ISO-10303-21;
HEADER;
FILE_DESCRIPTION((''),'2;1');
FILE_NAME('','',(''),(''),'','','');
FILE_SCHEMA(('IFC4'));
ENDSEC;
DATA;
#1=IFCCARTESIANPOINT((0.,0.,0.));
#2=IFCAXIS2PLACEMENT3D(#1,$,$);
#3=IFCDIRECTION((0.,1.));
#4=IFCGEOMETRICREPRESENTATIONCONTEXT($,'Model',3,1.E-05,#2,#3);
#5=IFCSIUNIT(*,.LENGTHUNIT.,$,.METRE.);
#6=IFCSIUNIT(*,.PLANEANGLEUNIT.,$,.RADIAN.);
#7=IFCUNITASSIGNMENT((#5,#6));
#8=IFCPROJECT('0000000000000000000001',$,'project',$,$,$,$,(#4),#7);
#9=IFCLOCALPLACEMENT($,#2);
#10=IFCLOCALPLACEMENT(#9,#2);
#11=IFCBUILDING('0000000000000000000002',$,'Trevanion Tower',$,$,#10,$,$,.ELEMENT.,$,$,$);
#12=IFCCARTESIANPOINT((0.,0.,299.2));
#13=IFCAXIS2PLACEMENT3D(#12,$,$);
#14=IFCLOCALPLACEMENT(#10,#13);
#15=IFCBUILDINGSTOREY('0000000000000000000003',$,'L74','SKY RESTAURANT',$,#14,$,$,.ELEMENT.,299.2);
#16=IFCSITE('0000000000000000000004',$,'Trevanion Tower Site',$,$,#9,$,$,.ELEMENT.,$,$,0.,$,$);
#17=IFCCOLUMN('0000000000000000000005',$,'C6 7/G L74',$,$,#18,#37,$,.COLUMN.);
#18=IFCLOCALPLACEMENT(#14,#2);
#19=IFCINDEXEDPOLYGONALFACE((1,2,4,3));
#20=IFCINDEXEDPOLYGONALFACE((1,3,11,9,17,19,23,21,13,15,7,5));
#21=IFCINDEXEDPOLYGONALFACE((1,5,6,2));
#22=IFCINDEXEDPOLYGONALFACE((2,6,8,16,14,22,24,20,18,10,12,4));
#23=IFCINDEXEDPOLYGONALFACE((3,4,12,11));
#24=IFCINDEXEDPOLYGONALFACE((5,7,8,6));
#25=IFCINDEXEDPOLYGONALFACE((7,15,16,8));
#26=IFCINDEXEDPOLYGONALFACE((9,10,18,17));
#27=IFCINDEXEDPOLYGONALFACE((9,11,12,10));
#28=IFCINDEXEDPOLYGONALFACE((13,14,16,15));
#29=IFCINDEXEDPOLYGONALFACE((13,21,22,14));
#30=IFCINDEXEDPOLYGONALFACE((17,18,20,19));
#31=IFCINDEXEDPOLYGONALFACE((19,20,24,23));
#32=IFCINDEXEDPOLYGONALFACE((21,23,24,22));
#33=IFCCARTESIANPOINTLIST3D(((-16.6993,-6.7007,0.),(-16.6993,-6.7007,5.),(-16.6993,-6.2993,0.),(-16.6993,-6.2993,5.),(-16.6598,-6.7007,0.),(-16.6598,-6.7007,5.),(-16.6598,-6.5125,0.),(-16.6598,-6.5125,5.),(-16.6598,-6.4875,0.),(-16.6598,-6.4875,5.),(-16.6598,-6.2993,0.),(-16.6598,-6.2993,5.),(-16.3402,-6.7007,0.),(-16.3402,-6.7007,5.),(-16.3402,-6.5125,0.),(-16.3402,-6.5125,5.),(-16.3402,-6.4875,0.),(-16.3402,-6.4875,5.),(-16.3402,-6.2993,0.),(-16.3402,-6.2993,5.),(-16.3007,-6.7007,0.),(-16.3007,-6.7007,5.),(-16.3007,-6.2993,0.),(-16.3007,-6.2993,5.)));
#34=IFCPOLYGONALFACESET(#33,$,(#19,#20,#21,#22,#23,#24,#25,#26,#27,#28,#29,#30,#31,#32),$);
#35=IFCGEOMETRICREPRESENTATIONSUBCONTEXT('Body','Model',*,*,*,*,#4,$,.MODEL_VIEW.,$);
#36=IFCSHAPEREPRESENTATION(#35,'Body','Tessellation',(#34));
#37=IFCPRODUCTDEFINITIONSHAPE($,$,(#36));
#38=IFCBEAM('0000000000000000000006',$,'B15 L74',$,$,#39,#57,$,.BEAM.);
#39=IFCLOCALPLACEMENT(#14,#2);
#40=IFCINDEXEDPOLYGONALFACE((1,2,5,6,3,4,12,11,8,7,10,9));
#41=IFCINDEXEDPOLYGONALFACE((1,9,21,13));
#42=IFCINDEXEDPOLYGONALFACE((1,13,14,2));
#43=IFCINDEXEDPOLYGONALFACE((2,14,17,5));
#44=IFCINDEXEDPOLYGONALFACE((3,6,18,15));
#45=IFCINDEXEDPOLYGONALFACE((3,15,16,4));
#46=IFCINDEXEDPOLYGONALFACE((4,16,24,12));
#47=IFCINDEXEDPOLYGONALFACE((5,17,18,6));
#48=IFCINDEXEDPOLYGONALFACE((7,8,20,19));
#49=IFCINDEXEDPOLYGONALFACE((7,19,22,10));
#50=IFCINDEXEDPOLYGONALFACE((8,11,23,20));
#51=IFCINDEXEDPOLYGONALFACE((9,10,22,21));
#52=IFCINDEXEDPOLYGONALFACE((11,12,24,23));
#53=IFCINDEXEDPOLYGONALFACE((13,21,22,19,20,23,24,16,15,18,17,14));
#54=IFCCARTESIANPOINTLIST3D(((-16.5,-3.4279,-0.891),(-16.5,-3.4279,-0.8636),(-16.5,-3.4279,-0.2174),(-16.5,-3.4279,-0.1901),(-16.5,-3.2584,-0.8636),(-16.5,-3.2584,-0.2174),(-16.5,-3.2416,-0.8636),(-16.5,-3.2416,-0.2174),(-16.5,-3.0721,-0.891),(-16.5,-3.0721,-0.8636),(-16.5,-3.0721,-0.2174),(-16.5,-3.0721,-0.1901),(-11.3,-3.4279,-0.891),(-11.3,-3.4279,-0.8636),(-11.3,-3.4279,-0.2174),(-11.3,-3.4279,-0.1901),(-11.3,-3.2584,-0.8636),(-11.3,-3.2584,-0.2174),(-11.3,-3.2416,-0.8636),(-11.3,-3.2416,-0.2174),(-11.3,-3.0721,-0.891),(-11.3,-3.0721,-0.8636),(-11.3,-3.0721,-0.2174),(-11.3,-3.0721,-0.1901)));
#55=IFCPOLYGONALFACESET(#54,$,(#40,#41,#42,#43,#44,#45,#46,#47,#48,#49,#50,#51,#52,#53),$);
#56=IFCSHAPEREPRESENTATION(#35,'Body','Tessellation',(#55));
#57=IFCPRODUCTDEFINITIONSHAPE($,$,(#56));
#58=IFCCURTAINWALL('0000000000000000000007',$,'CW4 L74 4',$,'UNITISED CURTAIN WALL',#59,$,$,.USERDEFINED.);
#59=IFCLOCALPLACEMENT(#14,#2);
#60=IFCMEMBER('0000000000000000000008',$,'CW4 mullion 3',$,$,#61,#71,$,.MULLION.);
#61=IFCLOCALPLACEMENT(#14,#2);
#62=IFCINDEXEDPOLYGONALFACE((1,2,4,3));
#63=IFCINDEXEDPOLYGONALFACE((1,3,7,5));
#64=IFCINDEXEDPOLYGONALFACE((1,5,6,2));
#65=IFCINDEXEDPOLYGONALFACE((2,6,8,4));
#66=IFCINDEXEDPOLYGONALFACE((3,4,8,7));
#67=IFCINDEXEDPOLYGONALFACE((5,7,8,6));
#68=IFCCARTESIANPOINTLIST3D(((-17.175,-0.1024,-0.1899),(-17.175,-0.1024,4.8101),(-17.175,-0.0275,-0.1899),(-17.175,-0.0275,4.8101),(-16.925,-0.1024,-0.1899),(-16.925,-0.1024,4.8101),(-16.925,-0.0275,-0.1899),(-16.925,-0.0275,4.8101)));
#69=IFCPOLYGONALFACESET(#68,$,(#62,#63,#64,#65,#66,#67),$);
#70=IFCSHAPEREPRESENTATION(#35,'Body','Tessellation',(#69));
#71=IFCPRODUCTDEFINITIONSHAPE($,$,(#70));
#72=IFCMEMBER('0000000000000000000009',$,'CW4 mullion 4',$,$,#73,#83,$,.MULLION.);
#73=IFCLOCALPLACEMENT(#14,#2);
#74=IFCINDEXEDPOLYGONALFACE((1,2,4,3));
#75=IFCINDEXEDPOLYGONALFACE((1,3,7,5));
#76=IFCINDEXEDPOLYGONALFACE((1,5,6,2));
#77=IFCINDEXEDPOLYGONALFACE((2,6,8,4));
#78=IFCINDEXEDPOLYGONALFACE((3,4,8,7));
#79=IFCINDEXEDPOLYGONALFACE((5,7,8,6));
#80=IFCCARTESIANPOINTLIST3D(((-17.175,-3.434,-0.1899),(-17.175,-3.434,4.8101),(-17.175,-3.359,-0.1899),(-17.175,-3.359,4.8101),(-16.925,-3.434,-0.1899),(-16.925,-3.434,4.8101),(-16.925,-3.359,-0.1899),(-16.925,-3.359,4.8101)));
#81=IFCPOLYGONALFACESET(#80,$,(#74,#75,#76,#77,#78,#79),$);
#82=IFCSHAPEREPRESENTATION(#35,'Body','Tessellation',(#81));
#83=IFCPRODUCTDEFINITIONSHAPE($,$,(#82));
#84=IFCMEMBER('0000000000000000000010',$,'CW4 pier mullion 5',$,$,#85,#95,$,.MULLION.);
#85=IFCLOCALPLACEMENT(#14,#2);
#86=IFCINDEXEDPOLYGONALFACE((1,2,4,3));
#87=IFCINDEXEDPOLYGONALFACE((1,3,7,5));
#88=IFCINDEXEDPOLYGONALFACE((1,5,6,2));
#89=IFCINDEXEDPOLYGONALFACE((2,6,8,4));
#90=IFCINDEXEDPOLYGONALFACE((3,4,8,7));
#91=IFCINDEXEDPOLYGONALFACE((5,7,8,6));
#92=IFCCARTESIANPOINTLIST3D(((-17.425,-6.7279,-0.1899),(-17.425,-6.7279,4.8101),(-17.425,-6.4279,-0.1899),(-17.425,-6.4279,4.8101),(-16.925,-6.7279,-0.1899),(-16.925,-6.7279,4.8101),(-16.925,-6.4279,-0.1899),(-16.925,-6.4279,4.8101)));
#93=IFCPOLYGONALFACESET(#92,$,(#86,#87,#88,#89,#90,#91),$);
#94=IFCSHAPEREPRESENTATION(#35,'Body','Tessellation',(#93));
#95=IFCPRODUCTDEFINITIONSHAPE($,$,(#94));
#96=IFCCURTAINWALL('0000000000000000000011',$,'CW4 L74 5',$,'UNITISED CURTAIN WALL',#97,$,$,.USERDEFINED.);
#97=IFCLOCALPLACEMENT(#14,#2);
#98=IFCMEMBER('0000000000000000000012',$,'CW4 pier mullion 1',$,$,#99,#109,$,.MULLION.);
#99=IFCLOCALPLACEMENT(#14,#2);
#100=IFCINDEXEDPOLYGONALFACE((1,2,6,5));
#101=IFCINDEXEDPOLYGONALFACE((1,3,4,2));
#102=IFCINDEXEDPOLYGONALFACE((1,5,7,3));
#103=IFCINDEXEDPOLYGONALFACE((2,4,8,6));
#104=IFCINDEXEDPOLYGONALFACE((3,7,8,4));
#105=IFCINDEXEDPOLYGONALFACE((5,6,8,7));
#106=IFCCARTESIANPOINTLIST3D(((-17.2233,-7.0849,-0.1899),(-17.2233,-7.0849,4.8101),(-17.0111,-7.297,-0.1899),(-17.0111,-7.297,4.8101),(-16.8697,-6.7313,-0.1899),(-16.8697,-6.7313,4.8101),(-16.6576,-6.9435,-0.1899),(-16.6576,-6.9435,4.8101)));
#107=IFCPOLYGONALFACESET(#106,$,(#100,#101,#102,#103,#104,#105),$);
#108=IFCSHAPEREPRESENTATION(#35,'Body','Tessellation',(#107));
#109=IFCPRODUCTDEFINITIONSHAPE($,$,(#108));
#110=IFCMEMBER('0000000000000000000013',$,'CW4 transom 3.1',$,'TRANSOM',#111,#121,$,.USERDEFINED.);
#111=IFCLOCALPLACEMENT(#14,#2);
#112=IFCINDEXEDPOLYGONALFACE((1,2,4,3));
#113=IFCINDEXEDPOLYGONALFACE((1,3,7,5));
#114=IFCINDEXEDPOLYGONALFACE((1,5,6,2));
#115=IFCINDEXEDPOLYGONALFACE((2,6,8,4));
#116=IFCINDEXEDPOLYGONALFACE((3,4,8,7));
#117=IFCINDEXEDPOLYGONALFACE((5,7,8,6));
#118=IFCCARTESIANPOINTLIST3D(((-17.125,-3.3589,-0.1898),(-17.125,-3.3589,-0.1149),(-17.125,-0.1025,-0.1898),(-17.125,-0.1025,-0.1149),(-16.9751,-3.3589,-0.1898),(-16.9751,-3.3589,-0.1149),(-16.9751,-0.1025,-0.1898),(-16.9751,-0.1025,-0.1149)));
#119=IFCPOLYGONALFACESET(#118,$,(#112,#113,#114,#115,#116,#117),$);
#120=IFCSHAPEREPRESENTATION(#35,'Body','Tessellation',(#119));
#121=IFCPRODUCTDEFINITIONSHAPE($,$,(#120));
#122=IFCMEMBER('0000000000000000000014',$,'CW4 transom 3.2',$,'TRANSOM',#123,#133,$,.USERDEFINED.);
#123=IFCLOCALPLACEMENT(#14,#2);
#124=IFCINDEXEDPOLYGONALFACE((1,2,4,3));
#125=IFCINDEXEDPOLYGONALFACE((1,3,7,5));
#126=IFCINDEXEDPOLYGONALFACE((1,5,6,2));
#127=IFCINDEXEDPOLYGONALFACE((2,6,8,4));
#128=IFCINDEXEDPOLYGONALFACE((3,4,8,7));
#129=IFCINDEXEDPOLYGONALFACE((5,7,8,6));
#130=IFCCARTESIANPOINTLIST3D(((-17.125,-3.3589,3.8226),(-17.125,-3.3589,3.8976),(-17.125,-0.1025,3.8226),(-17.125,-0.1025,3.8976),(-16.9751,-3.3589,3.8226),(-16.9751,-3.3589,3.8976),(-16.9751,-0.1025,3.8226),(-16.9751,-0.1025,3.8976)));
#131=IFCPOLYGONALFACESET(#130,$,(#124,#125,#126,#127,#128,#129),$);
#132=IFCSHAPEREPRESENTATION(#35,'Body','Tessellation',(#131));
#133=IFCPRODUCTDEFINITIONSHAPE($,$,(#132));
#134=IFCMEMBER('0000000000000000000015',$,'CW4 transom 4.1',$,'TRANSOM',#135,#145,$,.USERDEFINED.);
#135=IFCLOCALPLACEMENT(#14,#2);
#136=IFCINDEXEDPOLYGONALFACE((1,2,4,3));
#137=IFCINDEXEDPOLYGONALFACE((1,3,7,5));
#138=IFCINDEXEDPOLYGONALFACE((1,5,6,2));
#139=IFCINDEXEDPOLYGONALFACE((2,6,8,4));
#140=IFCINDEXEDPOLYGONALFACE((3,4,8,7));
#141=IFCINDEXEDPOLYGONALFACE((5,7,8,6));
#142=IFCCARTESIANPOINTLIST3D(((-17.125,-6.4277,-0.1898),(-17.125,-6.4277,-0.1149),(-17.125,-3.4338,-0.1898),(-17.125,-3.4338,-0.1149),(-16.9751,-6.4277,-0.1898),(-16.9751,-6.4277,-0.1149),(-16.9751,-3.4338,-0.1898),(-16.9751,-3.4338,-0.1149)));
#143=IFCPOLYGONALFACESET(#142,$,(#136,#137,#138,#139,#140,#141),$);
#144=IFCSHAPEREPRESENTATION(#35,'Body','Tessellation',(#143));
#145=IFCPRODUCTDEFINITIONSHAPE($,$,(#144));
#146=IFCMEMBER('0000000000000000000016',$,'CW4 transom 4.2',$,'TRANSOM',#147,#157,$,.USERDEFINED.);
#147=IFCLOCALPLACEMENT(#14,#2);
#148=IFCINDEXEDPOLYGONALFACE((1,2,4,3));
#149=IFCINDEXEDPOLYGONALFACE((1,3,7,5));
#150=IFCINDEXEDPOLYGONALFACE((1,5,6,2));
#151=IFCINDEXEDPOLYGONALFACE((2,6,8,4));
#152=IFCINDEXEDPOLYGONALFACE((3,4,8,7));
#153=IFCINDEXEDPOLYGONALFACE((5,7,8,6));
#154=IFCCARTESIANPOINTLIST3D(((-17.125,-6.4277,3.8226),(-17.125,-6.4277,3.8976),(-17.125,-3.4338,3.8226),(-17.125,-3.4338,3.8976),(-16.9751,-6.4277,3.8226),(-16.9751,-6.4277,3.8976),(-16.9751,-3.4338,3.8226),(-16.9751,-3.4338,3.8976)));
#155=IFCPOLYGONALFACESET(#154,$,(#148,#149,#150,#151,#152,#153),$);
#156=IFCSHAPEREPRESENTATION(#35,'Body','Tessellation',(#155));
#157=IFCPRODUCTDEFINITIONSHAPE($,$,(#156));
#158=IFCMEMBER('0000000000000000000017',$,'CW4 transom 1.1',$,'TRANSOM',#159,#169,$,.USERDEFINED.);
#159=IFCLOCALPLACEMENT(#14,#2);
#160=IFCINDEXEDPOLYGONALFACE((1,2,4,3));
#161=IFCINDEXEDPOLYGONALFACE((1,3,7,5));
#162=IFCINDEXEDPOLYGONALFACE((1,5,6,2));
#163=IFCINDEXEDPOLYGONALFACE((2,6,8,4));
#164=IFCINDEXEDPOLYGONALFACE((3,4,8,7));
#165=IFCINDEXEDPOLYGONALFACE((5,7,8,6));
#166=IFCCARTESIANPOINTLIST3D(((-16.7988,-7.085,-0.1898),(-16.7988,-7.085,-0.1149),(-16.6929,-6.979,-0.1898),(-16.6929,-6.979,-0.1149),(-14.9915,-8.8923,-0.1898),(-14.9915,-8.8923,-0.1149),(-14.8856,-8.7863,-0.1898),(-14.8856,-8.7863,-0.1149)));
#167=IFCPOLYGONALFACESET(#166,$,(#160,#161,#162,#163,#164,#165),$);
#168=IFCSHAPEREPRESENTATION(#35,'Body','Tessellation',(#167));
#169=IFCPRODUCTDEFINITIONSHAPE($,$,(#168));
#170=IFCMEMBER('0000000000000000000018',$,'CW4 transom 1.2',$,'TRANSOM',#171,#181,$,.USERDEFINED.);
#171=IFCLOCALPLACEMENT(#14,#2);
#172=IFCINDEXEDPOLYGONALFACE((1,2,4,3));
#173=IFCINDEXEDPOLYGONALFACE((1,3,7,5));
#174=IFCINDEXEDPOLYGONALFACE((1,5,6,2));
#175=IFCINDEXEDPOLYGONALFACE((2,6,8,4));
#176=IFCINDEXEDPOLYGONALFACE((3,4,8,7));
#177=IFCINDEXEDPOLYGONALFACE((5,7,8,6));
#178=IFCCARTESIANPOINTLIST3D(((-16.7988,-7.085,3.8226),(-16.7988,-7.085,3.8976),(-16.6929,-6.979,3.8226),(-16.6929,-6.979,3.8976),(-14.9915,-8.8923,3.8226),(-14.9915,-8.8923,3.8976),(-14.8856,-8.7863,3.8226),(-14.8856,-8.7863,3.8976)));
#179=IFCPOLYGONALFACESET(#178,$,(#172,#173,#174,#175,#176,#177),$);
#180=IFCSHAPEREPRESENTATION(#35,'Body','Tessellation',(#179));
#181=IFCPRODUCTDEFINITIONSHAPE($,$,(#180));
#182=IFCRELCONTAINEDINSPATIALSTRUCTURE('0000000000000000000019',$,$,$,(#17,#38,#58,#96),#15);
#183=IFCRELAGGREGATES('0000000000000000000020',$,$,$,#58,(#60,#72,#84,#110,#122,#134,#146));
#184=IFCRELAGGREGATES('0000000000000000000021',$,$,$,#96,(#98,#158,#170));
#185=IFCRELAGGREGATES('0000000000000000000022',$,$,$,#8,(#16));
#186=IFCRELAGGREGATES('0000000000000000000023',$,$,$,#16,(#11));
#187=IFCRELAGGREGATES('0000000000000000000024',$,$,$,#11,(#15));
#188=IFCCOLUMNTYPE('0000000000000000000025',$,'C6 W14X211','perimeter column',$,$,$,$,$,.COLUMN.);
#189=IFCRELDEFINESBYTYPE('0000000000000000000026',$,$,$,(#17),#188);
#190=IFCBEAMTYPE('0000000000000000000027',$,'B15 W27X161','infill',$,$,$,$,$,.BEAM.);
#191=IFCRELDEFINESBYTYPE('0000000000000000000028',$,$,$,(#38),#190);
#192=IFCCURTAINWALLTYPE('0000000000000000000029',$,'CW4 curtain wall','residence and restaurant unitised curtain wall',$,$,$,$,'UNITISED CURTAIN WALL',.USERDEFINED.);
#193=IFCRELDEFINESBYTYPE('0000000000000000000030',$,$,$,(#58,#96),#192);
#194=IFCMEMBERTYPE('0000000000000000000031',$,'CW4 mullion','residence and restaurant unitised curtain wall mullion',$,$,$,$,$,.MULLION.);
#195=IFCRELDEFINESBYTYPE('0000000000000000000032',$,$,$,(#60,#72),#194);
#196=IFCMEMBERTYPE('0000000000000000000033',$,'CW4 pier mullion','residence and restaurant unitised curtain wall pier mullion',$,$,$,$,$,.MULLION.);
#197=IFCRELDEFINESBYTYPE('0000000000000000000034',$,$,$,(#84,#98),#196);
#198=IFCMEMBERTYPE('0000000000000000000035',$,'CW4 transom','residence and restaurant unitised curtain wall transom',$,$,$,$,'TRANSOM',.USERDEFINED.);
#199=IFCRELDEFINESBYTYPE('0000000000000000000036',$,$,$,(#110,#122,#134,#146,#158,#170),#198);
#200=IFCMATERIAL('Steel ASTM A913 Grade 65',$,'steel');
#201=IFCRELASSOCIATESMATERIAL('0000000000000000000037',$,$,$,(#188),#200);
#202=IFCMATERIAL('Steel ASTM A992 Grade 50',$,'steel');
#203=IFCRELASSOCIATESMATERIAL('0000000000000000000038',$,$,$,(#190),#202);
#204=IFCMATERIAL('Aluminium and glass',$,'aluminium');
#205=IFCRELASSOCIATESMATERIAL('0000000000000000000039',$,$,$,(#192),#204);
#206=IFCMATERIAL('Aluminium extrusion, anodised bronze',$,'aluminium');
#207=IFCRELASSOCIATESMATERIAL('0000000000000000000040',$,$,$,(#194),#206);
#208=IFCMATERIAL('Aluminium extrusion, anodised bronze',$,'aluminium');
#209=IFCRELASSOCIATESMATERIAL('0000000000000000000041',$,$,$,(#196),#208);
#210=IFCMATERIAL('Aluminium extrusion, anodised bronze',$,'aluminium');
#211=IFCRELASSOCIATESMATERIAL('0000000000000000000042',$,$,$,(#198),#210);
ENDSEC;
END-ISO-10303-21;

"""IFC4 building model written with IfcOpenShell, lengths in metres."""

from ifc_helpers import new_model, si_unit, direction, frame, origin, origin_2d, place, context, subcontext, project, spatial, rectangle, i_section, extrude, material, material_profile, profile_set, type_object, element, aggregate, save


model = new_model("IFC4")

# Units and contexts
model_context = context("Model", 3, precision=1e-05, world=origin(), true_north=direction((0.0, 1.0)))
body_context = subcontext(model_context, "Body", "Model", "MODEL_VIEW")
ifc_project = project(units=[si_unit("LENGTHUNIT", "METRE"), si_unit("PLANEANGLEUNIT", "RADIAN")], contexts=[model_context])

# Site, building, storey
site_placement = place(None, origin())
site = spatial("IfcSite", under=ifc_project, at=site_placement, Name="Trevanion Tower Site", CompositionType="ELEMENT", RefElevation=0.0)
building_placement = place(site_placement, origin())
building = spatial("IfcBuilding", under=site, at=building_placement, Name="Trevanion Tower", CompositionType="ELEMENT")
storey_placement = place(building_placement, frame((0.0, 0.0, 299.2)))
storey = spatial("IfcBuildingStorey", under=building, at=storey_placement, Name="L74", Description="SKY RESTAURANT", CompositionType="ELEMENT", Elevation=299.2)

# Column
ifc_material_1 = material(Name="Steel ASTM A913 Grade 65", Category="steel")
ifc_material_profile_1 = material_profile(ifc_material_1, i_section(OverallWidth=0.4014, OverallDepth=0.3987, WebThickness=0.0249, FlangeThickness=0.0396, at=origin_2d()), Name="W14X211")
ifc_profile_set_1 = profile_set([ifc_material_profile_1], Name="Steel ASTM A913 Grade 65")
column_type = type_object("IfcColumnType", Name="C6 W14X211", Description="perimeter column", PredefinedType="COLUMN", material=ifc_profile_set_1)
column_placement = place(storey_placement, frame((-16.5, -6.5, 0.0), z_axis=(0.0, 0.0, 1.0), x_axis=(0.0, 1.0, 0.0)))
element("IfcColumn", 1, at=column_placement, inside=storey, type_object=column_type, Name="C6 7/G L74", PredefinedType="COLUMN", context=body_context, shape_type="SweptSolid", body=[
    extrude(i_section(OverallWidth=0.4014, OverallDepth=0.3987, WebThickness=0.0249, FlangeThickness=0.0396, at=origin_2d()), origin(), (0.0, 0.0, 1.0), 5.0),
])

# Beam
ifc_material_2 = material(Name="Steel ASTM A992 Grade 50", Category="steel")
ifc_material_profile_2 = material_profile(ifc_material_2, i_section(OverallWidth=0.3557, OverallDepth=0.7009, WebThickness=0.0168, FlangeThickness=0.0273, at=origin_2d()), Name="W27X161")
ifc_profile_set_2 = profile_set([ifc_material_profile_2], Name="Steel ASTM A992 Grade 50")
beam_type_1 = type_object("IfcBeamType", Name="B15 W27X161", Description="infill", PredefinedType="BEAM", material=ifc_profile_set_2)
beam_1_placement = place(storey_placement, frame((-11.3, -3.25, -0.5405), z_axis=(-1.0, 0.0, 0.0), x_axis=(0.0, -1.0, 0.0)))
element("IfcBeam", 2, at=beam_1_placement, inside=storey, type_object=beam_type_1, Name="B15 L74", PredefinedType="BEAM", context=body_context, shape_type="SweptSolid", body=[
    extrude(i_section(OverallWidth=0.3557, OverallDepth=0.7009, WebThickness=0.0168, FlangeThickness=0.0273, at=origin_2d()), origin(), (0.0, 0.0, 1.0), 5.2),
])

# Curtain wall, members
ifc_material_3 = material(Name="Aluminium and glass", Category="aluminium")
curtain_wall_type = type_object("IfcCurtainWallType", Name="CW4 curtain wall", Description="residence and restaurant unitised curtain wall", ElementType="UNITISED CURTAIN WALL", PredefinedType="USERDEFINED", material=ifc_material_3)
curtain_wall_1_placement = place(storey_placement, origin())
curtain_wall_1 = element("IfcCurtainWall", 3, at=curtain_wall_1_placement, inside=storey, type_object=curtain_wall_type, Name="CW4 L74 4", ObjectType="UNITISED CURTAIN WALL", PredefinedType="USERDEFINED")
ifc_material_4 = material(Name="Aluminium extrusion, anodised bronze", Category="aluminium")
ifc_material_profile_3 = material_profile(ifc_material_4, rectangle(XDim=0.075, YDim=0.25, at=origin_2d()), Name="CW4 mullion")
ifc_profile_set_3 = profile_set([ifc_material_profile_3], Name="Aluminium extrusion, anodised bronze")
member_type_1 = type_object("IfcMemberType", Name="CW4 mullion", Description="residence and restaurant unitised curtain wall mullion", PredefinedType="MULLION", material=ifc_profile_set_3)
member_1_placement = place(storey_placement, frame((-17.05, -0.0649, -0.1899), z_axis=(0.0, 0.0, 1.0), x_axis=(0.0, -1.0, 0.0)))
member_1 = element("IfcMember", 4, at=member_1_placement, type_object=member_type_1, Name="CW4 mullion 3", PredefinedType="MULLION", context=body_context, shape_type="SweptSolid", body=[
    extrude(rectangle(XDim=0.075, YDim=0.25, at=origin_2d()), origin(), (0.0, 0.0, 1.0), 5.0),
])
member_2_placement = place(storey_placement, frame((-17.05, -3.3965, -0.1899), z_axis=(0.0, 0.0, 1.0), x_axis=(0.0, -1.0, 0.0)))
member_2 = element("IfcMember", 5, at=member_2_placement, type_object=member_type_1, Name="CW4 mullion 4", PredefinedType="MULLION", context=body_context, shape_type="SweptSolid", body=[
    extrude(rectangle(XDim=0.075, YDim=0.25, at=origin_2d()), origin(), (0.0, 0.0, 1.0), 5.0),
])
ifc_material_5 = material(Name="Aluminium extrusion, anodised bronze", Category="aluminium")
ifc_material_profile_4 = material_profile(ifc_material_5, rectangle(XDim=0.3, YDim=0.5, at=origin_2d()), Name="CW4 pier mullion")
ifc_profile_set_4 = profile_set([ifc_material_profile_4], Name="Aluminium extrusion, anodised bronze")
member_type_2 = type_object("IfcMemberType", Name="CW4 pier mullion", Description="residence and restaurant unitised curtain wall pier mullion", PredefinedType="MULLION", material=ifc_profile_set_4)
member_3_placement = place(storey_placement, frame((-17.175, -6.5779, -0.1899), z_axis=(0.0, 0.0, 1.0), x_axis=(0.0, -1.0, 0.0)))
member_3 = element("IfcMember", 6, at=member_3_placement, type_object=member_type_2, Name="CW4 pier mullion 5", PredefinedType="MULLION", context=body_context, shape_type="SweptSolid", body=[
    extrude(rectangle(XDim=0.3, YDim=0.5, at=origin_2d()), origin(), (0.0, 0.0, 1.0), 5.0),
])

# Curtain wall, member
curtain_wall_2_placement = place(storey_placement, origin())
curtain_wall_2 = element("IfcCurtainWall", 7, at=curtain_wall_2_placement, inside=storey, type_object=curtain_wall_type, Name="CW4 L74 5", ObjectType="UNITISED CURTAIN WALL", PredefinedType="USERDEFINED")
member_4_placement = place(storey_placement, frame((-16.9404, -7.0142, -0.1899), z_axis=(0.0, 0.0, 1.0), x_axis=(0.707107, -0.707107, 0.0)))
member_4 = element("IfcMember", 8, at=member_4_placement, type_object=member_type_2, Name="CW4 pier mullion 1", PredefinedType="MULLION", context=body_context, shape_type="SweptSolid", body=[
    extrude(rectangle(XDim=0.3, YDim=0.5, at=origin_2d()), origin(), (0.0, 0.0, 1.0), 5.0),
])

# Members
ifc_material_6 = material(Name="Aluminium extrusion, anodised bronze", Category="aluminium")
ifc_material_profile_5 = material_profile(ifc_material_6, rectangle(XDim=0.1499, YDim=0.075, at=origin_2d()), Name="CW4 transom")
ifc_profile_set_5 = profile_set([ifc_material_profile_5], Name="Aluminium extrusion, anodised bronze")
member_type_3 = type_object("IfcMemberType", Name="CW4 transom", Description="residence and restaurant unitised curtain wall transom", ElementType="TRANSOM", PredefinedType="USERDEFINED", material=ifc_profile_set_5)
member_5_placement = place(storey_placement, frame((-17.05, -0.1025, -0.1523), z_axis=(0.0, -1.0, 0.0), x_axis=(1.0, 0.0, 0.0)))
member_5 = element("IfcMember", 9, at=member_5_placement, type_object=member_type_3, Name="CW4 transom 3.1", ObjectType="TRANSOM", PredefinedType="USERDEFINED", context=body_context, shape_type="SweptSolid", body=[
    extrude(rectangle(XDim=0.1499, YDim=0.075, at=origin_2d()), origin(), (0.0, 0.0, 1.0), 3.2563),
])
member_6_placement = place(storey_placement, frame((-17.05, -0.1025, 3.8601), z_axis=(0.0, -1.0, 0.0), x_axis=(1.0, 0.0, 0.0)))
member_6 = element("IfcMember", 10, at=member_6_placement, type_object=member_type_3, Name="CW4 transom 3.2", ObjectType="TRANSOM", PredefinedType="USERDEFINED", context=body_context, shape_type="SweptSolid", body=[
    extrude(rectangle(XDim=0.1499, YDim=0.075, at=origin_2d()), origin(), (0.0, 0.0, 1.0), 3.2563),
])
member_7_placement = place(storey_placement, frame((-17.05, -3.4338, -0.1523), z_axis=(0.0, -1.0, 0.0), x_axis=(1.0, 0.0, 0.0)))
member_7 = element("IfcMember", 11, at=member_7_placement, type_object=member_type_3, Name="CW4 transom 4.1", ObjectType="TRANSOM", PredefinedType="USERDEFINED", context=body_context, shape_type="SweptSolid", body=[
    extrude(rectangle(XDim=0.1499, YDim=0.075, at=origin_2d()), origin(), (0.0, 0.0, 1.0), 2.9939),
])
member_8_placement = place(storey_placement, frame((-17.05, -3.4338, 3.8601), z_axis=(0.0, -1.0, 0.0), x_axis=(1.0, 0.0, 0.0)))
member_8 = element("IfcMember", 12, at=member_8_placement, type_object=member_type_3, Name="CW4 transom 4.2", ObjectType="TRANSOM", PredefinedType="USERDEFINED", context=body_context, shape_type="SweptSolid", body=[
    extrude(rectangle(XDim=0.1499, YDim=0.075, at=origin_2d()), origin(), (0.0, 0.0, 1.0), 2.9939),
])
member_9_placement = place(storey_placement, frame((-16.7458, -7.032, -0.1523), z_axis=(0.707107, -0.707107, 0.0), x_axis=(0.707107, 0.707107, 0.0)))
member_9 = element("IfcMember", 13, at=member_9_placement, type_object=member_type_3, Name="CW4 transom 1.1", ObjectType="TRANSOM", PredefinedType="USERDEFINED", context=body_context, shape_type="SweptSolid", body=[
    extrude(rectangle(XDim=0.1499, YDim=0.075, at=origin_2d()), origin(), (0.0, 0.0, 1.0), 2.5559),
])
member_10_placement = place(storey_placement, frame((-16.7458, -7.032, 3.8601), z_axis=(0.707107, -0.707107, 0.0), x_axis=(0.707107, 0.707107, 0.0)))
member_10 = element("IfcMember", 14, at=member_10_placement, type_object=member_type_3, Name="CW4 transom 1.2", ObjectType="TRANSOM", PredefinedType="USERDEFINED", context=body_context, shape_type="SweptSolid", body=[
    extrude(rectangle(XDim=0.1499, YDim=0.075, at=origin_2d()), origin(), (0.0, 0.0, 1.0), 2.5559),
])

aggregate(curtain_wall_1, [member_1, member_2, member_3, member_5, member_6, member_7, member_8])
aggregate(curtain_wall_2, [member_4, member_9, member_10])

save(model, "model.ifc")
